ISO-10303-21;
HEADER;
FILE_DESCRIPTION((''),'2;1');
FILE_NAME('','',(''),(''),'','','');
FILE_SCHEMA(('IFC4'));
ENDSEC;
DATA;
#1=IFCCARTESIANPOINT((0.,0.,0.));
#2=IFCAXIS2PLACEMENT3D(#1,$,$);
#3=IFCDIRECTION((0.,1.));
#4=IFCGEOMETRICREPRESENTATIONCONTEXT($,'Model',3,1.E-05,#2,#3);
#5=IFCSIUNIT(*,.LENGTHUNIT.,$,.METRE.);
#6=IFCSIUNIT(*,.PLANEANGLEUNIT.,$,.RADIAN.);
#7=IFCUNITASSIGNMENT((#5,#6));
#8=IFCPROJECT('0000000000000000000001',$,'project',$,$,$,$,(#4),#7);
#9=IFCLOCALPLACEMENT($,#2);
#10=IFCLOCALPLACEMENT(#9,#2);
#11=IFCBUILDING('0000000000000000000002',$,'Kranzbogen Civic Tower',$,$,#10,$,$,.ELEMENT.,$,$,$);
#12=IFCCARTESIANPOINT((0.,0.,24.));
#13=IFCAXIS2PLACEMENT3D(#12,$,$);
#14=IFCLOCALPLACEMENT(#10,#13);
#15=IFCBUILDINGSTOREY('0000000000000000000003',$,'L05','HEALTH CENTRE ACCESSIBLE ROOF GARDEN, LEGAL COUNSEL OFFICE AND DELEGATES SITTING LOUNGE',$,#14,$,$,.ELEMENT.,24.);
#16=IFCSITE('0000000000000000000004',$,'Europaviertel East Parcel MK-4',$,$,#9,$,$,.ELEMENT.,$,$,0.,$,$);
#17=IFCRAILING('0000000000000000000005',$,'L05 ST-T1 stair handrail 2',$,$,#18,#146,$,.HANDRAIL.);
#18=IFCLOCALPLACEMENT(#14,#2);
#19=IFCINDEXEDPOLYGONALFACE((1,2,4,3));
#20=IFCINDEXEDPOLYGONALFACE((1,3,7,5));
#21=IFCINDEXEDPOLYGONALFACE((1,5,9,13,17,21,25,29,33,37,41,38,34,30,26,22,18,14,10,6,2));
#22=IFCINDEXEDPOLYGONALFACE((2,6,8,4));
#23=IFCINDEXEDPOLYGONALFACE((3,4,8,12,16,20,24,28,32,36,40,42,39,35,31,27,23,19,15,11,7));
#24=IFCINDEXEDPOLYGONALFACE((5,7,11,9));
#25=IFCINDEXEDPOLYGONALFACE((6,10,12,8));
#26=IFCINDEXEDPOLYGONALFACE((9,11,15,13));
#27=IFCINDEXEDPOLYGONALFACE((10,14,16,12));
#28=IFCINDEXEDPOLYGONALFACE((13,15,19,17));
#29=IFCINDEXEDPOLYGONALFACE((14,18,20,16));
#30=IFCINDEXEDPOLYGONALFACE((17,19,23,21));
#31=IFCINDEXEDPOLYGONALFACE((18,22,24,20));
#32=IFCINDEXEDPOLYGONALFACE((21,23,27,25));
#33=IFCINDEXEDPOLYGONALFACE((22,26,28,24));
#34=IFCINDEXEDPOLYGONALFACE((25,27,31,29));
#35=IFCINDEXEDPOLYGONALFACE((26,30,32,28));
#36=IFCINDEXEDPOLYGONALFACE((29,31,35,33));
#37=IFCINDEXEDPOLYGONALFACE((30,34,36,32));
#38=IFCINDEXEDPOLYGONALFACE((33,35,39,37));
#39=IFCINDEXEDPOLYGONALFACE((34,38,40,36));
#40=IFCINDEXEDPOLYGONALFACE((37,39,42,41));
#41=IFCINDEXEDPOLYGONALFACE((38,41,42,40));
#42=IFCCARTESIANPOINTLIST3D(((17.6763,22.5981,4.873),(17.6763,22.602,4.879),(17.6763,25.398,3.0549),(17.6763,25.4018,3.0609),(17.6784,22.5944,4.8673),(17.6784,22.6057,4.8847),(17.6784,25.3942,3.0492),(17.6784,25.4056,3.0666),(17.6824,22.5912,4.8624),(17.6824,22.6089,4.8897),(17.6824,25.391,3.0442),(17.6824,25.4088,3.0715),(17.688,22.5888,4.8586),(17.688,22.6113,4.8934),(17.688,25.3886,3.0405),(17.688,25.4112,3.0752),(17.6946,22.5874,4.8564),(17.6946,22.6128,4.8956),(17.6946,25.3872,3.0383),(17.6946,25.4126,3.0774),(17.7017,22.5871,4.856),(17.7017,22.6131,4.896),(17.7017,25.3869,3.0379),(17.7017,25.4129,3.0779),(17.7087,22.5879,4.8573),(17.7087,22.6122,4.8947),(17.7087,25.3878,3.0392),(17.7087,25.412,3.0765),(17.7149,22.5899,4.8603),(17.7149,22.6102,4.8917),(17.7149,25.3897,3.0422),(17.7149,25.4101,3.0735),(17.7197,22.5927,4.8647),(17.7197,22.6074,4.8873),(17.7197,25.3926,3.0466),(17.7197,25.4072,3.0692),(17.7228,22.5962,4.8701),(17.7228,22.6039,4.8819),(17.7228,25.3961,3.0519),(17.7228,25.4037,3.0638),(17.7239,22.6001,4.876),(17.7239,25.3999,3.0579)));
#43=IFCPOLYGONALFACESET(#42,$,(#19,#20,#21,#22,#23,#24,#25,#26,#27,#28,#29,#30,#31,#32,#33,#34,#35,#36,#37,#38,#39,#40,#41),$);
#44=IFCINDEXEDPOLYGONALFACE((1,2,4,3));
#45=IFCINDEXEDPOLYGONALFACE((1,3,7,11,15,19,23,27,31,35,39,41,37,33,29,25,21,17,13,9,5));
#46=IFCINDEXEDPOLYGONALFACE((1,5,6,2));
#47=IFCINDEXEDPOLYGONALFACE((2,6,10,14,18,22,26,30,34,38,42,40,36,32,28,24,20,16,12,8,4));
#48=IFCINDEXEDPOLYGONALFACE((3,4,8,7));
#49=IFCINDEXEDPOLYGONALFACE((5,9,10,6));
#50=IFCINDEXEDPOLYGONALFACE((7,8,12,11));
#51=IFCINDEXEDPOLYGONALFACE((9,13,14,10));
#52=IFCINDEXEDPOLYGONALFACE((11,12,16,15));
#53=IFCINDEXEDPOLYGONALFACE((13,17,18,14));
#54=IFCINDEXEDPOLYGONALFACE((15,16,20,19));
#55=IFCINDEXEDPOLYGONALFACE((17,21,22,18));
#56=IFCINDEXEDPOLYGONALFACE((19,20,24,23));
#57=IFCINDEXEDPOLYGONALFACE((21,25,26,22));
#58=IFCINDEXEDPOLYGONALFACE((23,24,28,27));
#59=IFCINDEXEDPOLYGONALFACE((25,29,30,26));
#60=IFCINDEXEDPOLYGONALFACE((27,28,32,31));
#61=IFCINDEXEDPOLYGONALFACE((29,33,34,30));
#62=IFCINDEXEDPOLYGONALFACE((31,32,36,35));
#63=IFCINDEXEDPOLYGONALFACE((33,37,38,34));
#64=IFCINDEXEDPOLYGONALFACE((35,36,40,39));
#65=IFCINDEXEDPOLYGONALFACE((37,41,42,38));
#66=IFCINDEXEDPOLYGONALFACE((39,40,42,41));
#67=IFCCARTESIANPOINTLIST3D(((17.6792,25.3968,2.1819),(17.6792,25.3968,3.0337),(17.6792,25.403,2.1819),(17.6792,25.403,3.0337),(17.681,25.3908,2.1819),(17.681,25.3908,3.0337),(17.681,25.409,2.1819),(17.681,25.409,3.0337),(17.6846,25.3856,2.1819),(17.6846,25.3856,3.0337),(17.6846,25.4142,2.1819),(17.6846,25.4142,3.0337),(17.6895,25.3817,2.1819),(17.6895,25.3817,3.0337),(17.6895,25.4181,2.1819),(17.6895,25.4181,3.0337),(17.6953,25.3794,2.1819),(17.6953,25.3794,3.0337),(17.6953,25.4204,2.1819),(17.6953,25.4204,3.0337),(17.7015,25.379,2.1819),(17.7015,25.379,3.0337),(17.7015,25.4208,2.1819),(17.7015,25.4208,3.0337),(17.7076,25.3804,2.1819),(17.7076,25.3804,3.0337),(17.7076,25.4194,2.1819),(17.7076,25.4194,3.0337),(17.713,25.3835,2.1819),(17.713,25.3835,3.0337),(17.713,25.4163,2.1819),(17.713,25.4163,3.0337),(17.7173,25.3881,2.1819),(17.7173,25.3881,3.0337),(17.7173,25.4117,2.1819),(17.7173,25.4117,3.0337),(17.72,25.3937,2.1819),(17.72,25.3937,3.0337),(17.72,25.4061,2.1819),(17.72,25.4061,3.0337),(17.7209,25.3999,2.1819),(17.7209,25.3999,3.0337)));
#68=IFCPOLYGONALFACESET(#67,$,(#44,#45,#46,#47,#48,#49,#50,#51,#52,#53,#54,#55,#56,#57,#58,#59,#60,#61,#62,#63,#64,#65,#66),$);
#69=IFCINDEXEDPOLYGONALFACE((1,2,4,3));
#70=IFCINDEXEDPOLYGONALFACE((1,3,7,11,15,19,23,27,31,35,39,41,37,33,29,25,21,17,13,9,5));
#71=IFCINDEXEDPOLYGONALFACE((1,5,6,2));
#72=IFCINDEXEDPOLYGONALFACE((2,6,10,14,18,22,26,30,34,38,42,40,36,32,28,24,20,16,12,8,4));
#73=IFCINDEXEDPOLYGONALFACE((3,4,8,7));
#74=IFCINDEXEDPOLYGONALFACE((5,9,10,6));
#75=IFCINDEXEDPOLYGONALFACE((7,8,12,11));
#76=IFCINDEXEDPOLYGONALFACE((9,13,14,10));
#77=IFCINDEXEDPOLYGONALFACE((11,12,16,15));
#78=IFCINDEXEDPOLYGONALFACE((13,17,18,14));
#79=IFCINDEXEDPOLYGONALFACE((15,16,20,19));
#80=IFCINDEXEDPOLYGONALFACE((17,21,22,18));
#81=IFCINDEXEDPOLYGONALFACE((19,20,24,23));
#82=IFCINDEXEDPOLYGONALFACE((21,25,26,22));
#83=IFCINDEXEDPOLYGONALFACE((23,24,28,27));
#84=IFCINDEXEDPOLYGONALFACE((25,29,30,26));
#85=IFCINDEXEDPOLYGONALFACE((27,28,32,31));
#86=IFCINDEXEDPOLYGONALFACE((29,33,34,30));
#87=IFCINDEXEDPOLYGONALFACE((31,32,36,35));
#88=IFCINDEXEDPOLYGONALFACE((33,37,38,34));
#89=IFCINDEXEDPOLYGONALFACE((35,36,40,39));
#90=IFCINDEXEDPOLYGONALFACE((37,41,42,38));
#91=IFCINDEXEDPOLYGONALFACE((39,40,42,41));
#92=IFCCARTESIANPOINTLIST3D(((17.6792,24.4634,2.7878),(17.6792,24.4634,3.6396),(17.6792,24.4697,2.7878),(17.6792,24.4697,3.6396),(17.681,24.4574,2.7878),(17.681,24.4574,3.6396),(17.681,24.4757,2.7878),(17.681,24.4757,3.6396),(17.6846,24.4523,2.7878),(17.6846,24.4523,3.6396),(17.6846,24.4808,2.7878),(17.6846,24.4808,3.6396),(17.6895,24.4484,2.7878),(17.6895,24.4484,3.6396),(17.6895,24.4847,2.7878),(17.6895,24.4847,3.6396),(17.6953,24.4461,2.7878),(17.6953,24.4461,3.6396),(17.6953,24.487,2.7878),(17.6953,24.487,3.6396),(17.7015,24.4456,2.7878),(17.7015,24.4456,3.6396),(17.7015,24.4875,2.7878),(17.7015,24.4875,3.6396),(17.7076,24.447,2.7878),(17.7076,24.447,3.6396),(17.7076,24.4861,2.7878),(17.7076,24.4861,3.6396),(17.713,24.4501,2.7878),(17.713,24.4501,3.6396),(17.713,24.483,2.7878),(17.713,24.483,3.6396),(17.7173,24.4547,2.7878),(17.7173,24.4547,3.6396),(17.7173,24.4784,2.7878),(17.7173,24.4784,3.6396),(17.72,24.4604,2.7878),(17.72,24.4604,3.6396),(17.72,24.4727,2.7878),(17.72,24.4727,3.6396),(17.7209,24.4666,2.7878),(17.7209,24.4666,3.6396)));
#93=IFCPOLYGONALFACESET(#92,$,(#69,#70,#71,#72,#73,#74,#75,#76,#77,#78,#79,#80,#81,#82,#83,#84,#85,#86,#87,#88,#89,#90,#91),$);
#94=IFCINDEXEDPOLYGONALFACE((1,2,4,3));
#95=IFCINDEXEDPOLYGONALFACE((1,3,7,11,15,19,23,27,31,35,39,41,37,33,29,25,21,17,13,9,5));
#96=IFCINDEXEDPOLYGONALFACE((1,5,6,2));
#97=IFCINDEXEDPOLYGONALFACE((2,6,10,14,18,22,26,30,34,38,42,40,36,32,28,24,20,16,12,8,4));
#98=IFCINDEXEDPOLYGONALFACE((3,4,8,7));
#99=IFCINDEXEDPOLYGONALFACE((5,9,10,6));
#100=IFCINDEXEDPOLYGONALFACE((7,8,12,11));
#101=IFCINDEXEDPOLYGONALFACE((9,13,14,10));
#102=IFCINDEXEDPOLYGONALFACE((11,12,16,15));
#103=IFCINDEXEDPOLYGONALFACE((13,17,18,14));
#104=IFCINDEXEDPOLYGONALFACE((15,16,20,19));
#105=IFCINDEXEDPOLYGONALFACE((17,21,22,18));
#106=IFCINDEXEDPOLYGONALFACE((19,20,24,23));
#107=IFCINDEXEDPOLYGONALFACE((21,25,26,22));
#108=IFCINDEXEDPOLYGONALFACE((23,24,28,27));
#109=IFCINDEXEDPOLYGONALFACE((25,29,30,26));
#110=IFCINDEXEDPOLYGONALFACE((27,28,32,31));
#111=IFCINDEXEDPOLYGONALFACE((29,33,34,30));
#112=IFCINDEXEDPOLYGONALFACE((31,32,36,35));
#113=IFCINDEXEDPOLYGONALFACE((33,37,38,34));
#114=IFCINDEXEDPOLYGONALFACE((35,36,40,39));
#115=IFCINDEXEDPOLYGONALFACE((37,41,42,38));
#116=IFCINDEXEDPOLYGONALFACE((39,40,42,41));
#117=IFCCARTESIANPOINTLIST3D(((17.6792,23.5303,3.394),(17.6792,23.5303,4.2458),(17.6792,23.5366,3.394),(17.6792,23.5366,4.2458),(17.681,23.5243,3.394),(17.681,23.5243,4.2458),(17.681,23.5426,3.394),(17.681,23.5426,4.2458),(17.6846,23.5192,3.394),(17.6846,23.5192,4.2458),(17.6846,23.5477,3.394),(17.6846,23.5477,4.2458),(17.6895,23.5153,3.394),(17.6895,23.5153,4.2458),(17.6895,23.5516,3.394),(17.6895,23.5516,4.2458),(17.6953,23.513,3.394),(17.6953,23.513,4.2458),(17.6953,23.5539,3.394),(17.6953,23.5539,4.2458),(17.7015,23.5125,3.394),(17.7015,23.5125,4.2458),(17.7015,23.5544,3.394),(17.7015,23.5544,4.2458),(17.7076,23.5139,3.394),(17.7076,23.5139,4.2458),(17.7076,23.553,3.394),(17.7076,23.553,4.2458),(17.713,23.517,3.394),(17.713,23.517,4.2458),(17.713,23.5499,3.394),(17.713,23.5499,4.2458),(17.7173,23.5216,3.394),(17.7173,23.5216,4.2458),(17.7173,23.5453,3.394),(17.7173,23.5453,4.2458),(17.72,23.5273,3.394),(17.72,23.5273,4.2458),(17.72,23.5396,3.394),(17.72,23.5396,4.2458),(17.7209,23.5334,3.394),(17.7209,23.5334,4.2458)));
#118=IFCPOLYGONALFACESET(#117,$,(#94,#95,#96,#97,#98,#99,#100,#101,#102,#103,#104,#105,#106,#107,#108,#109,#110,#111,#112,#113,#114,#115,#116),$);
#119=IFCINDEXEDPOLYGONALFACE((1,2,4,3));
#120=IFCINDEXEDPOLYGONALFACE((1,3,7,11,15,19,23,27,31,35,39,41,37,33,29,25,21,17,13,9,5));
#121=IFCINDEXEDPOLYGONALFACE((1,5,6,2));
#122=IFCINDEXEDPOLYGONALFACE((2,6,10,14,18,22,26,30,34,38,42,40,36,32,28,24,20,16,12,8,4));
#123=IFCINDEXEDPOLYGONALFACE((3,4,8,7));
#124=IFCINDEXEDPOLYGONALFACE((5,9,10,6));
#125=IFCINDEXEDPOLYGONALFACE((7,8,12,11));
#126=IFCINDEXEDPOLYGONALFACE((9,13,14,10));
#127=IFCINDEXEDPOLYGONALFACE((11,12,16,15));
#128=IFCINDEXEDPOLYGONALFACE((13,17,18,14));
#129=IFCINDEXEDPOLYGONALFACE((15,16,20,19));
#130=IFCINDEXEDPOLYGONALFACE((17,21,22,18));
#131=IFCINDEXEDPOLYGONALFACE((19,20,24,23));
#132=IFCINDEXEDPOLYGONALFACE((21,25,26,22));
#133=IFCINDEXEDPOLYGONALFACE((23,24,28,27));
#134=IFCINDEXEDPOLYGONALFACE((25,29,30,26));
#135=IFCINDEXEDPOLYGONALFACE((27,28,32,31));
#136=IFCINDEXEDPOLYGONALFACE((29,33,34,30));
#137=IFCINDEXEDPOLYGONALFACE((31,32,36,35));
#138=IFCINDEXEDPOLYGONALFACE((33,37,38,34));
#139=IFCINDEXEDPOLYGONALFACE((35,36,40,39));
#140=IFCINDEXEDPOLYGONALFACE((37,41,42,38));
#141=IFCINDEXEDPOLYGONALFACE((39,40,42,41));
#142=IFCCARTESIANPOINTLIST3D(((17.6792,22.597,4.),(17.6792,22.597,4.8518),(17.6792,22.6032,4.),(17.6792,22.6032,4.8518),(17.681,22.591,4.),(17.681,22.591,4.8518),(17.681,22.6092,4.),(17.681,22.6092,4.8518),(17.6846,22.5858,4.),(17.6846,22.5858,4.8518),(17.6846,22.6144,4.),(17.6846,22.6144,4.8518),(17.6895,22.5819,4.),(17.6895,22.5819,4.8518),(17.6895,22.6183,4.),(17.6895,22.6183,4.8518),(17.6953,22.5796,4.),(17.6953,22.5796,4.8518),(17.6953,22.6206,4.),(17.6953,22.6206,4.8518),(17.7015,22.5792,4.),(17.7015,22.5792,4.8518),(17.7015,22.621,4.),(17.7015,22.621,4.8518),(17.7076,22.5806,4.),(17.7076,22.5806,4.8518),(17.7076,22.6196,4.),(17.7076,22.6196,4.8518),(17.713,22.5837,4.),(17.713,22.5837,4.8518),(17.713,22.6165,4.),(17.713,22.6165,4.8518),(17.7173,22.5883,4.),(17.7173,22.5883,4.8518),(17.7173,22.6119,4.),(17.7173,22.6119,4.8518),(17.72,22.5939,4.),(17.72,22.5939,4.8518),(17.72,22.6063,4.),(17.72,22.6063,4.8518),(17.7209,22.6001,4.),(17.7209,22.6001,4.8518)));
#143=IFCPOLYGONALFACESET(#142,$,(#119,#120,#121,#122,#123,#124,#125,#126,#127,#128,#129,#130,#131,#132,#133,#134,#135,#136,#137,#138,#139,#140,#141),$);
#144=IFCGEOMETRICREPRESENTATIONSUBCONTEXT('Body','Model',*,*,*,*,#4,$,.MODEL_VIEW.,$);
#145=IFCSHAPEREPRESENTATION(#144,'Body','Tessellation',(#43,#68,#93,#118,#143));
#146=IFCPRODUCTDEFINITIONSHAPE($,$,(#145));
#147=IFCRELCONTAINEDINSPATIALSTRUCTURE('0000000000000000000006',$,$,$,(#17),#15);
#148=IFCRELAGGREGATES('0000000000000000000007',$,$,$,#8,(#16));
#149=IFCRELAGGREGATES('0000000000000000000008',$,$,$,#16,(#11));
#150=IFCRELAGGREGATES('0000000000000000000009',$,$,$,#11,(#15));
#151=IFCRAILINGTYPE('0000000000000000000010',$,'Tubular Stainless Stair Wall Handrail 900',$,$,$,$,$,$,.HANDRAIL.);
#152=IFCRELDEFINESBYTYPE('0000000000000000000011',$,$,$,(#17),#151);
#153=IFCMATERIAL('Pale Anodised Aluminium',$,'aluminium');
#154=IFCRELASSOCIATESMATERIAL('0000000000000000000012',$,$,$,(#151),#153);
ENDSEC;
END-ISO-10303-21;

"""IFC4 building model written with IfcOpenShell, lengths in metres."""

from ifc_helpers import new_model, si_unit, direction, frame, origin, origin_2d, place, context, subcontext, project, spatial, circle, extrude, material, type_object, element, save


model = new_model("IFC4")

# Units and contexts
model_context = context("Model", 3, precision=1e-05, world=origin(), true_north=direction((0.0, 1.0)))
body_context = subcontext(model_context, "Body", "Model", "MODEL_VIEW")
ifc_project = project(units=[si_unit("LENGTHUNIT", "METRE"), si_unit("PLANEANGLEUNIT", "RADIAN")], contexts=[model_context])

# Site, building, storey
site_placement = place(None, origin())
site = spatial("IfcSite", under=ifc_project, at=site_placement, Name="Europaviertel East Parcel MK-4", CompositionType="ELEMENT", RefElevation=0.0)
building_placement = place(site_placement, origin())
building = spatial("IfcBuilding", under=site, at=building_placement, Name="Kranzbogen Civic Tower", CompositionType="ELEMENT")
storey_placement = place(building_placement, frame((0.0, 0.0, 24.0)))
storey = spatial("IfcBuildingStorey", under=building, at=storey_placement, Name="L05", Description="HEALTH CENTRE ACCESSIBLE ROOF GARDEN, LEGAL COUNSEL OFFICE AND DELEGATES SITTING LOUNGE", CompositionType="ELEMENT", Elevation=24.0)

# Railing
ifc_material_1 = material(Name="Pale Anodised Aluminium", Category="aluminium")
railing_type_1 = type_object("IfcRailingType", Name="Tubular Stainless Stair Wall Handrail 900", PredefinedType="HANDRAIL", material=ifc_material_1)
railing_1_placement = place(storey_placement, frame((17.7, 25.3999, 2.1819)))
element("IfcRailing", 1, at=railing_1_placement, inside=storey, type_object=railing_type_1, Name="L05 ST-T1 stair handrail 2", PredefinedType="HANDRAIL", context=body_context, shape_type="SweptSolid", body=[
    extrude(circle(Radius=0.0239, at=origin_2d()), frame((0.0, 0.0, 0.876), z_axis=(0.0, -0.838684, 0.544618), x_axis=(1.0, 0.0, 0.0)), (0.0, 0.0, 1.0), 3.3384),
    extrude(circle(Radius=0.021, at=origin_2d()), origin(), (0.0, 0.0, 1.0), 0.8518),
    extrude(circle(Radius=0.021, at=origin_2d()), frame((0.0, -0.9333, 0.606)), (0.0, 0.0, 1.0), 0.8518),
    extrude(circle(Radius=0.021, at=origin_2d()), frame((0.0, -1.8665, 1.2122)), (0.0, 0.0, 1.0), 0.8518),
    extrude(circle(Radius=0.021, at=origin_2d()), frame((0.0, -2.7998, 1.8181)), (0.0, 0.0, 1.0), 0.8518),
])

save(model, "model.ifc")
